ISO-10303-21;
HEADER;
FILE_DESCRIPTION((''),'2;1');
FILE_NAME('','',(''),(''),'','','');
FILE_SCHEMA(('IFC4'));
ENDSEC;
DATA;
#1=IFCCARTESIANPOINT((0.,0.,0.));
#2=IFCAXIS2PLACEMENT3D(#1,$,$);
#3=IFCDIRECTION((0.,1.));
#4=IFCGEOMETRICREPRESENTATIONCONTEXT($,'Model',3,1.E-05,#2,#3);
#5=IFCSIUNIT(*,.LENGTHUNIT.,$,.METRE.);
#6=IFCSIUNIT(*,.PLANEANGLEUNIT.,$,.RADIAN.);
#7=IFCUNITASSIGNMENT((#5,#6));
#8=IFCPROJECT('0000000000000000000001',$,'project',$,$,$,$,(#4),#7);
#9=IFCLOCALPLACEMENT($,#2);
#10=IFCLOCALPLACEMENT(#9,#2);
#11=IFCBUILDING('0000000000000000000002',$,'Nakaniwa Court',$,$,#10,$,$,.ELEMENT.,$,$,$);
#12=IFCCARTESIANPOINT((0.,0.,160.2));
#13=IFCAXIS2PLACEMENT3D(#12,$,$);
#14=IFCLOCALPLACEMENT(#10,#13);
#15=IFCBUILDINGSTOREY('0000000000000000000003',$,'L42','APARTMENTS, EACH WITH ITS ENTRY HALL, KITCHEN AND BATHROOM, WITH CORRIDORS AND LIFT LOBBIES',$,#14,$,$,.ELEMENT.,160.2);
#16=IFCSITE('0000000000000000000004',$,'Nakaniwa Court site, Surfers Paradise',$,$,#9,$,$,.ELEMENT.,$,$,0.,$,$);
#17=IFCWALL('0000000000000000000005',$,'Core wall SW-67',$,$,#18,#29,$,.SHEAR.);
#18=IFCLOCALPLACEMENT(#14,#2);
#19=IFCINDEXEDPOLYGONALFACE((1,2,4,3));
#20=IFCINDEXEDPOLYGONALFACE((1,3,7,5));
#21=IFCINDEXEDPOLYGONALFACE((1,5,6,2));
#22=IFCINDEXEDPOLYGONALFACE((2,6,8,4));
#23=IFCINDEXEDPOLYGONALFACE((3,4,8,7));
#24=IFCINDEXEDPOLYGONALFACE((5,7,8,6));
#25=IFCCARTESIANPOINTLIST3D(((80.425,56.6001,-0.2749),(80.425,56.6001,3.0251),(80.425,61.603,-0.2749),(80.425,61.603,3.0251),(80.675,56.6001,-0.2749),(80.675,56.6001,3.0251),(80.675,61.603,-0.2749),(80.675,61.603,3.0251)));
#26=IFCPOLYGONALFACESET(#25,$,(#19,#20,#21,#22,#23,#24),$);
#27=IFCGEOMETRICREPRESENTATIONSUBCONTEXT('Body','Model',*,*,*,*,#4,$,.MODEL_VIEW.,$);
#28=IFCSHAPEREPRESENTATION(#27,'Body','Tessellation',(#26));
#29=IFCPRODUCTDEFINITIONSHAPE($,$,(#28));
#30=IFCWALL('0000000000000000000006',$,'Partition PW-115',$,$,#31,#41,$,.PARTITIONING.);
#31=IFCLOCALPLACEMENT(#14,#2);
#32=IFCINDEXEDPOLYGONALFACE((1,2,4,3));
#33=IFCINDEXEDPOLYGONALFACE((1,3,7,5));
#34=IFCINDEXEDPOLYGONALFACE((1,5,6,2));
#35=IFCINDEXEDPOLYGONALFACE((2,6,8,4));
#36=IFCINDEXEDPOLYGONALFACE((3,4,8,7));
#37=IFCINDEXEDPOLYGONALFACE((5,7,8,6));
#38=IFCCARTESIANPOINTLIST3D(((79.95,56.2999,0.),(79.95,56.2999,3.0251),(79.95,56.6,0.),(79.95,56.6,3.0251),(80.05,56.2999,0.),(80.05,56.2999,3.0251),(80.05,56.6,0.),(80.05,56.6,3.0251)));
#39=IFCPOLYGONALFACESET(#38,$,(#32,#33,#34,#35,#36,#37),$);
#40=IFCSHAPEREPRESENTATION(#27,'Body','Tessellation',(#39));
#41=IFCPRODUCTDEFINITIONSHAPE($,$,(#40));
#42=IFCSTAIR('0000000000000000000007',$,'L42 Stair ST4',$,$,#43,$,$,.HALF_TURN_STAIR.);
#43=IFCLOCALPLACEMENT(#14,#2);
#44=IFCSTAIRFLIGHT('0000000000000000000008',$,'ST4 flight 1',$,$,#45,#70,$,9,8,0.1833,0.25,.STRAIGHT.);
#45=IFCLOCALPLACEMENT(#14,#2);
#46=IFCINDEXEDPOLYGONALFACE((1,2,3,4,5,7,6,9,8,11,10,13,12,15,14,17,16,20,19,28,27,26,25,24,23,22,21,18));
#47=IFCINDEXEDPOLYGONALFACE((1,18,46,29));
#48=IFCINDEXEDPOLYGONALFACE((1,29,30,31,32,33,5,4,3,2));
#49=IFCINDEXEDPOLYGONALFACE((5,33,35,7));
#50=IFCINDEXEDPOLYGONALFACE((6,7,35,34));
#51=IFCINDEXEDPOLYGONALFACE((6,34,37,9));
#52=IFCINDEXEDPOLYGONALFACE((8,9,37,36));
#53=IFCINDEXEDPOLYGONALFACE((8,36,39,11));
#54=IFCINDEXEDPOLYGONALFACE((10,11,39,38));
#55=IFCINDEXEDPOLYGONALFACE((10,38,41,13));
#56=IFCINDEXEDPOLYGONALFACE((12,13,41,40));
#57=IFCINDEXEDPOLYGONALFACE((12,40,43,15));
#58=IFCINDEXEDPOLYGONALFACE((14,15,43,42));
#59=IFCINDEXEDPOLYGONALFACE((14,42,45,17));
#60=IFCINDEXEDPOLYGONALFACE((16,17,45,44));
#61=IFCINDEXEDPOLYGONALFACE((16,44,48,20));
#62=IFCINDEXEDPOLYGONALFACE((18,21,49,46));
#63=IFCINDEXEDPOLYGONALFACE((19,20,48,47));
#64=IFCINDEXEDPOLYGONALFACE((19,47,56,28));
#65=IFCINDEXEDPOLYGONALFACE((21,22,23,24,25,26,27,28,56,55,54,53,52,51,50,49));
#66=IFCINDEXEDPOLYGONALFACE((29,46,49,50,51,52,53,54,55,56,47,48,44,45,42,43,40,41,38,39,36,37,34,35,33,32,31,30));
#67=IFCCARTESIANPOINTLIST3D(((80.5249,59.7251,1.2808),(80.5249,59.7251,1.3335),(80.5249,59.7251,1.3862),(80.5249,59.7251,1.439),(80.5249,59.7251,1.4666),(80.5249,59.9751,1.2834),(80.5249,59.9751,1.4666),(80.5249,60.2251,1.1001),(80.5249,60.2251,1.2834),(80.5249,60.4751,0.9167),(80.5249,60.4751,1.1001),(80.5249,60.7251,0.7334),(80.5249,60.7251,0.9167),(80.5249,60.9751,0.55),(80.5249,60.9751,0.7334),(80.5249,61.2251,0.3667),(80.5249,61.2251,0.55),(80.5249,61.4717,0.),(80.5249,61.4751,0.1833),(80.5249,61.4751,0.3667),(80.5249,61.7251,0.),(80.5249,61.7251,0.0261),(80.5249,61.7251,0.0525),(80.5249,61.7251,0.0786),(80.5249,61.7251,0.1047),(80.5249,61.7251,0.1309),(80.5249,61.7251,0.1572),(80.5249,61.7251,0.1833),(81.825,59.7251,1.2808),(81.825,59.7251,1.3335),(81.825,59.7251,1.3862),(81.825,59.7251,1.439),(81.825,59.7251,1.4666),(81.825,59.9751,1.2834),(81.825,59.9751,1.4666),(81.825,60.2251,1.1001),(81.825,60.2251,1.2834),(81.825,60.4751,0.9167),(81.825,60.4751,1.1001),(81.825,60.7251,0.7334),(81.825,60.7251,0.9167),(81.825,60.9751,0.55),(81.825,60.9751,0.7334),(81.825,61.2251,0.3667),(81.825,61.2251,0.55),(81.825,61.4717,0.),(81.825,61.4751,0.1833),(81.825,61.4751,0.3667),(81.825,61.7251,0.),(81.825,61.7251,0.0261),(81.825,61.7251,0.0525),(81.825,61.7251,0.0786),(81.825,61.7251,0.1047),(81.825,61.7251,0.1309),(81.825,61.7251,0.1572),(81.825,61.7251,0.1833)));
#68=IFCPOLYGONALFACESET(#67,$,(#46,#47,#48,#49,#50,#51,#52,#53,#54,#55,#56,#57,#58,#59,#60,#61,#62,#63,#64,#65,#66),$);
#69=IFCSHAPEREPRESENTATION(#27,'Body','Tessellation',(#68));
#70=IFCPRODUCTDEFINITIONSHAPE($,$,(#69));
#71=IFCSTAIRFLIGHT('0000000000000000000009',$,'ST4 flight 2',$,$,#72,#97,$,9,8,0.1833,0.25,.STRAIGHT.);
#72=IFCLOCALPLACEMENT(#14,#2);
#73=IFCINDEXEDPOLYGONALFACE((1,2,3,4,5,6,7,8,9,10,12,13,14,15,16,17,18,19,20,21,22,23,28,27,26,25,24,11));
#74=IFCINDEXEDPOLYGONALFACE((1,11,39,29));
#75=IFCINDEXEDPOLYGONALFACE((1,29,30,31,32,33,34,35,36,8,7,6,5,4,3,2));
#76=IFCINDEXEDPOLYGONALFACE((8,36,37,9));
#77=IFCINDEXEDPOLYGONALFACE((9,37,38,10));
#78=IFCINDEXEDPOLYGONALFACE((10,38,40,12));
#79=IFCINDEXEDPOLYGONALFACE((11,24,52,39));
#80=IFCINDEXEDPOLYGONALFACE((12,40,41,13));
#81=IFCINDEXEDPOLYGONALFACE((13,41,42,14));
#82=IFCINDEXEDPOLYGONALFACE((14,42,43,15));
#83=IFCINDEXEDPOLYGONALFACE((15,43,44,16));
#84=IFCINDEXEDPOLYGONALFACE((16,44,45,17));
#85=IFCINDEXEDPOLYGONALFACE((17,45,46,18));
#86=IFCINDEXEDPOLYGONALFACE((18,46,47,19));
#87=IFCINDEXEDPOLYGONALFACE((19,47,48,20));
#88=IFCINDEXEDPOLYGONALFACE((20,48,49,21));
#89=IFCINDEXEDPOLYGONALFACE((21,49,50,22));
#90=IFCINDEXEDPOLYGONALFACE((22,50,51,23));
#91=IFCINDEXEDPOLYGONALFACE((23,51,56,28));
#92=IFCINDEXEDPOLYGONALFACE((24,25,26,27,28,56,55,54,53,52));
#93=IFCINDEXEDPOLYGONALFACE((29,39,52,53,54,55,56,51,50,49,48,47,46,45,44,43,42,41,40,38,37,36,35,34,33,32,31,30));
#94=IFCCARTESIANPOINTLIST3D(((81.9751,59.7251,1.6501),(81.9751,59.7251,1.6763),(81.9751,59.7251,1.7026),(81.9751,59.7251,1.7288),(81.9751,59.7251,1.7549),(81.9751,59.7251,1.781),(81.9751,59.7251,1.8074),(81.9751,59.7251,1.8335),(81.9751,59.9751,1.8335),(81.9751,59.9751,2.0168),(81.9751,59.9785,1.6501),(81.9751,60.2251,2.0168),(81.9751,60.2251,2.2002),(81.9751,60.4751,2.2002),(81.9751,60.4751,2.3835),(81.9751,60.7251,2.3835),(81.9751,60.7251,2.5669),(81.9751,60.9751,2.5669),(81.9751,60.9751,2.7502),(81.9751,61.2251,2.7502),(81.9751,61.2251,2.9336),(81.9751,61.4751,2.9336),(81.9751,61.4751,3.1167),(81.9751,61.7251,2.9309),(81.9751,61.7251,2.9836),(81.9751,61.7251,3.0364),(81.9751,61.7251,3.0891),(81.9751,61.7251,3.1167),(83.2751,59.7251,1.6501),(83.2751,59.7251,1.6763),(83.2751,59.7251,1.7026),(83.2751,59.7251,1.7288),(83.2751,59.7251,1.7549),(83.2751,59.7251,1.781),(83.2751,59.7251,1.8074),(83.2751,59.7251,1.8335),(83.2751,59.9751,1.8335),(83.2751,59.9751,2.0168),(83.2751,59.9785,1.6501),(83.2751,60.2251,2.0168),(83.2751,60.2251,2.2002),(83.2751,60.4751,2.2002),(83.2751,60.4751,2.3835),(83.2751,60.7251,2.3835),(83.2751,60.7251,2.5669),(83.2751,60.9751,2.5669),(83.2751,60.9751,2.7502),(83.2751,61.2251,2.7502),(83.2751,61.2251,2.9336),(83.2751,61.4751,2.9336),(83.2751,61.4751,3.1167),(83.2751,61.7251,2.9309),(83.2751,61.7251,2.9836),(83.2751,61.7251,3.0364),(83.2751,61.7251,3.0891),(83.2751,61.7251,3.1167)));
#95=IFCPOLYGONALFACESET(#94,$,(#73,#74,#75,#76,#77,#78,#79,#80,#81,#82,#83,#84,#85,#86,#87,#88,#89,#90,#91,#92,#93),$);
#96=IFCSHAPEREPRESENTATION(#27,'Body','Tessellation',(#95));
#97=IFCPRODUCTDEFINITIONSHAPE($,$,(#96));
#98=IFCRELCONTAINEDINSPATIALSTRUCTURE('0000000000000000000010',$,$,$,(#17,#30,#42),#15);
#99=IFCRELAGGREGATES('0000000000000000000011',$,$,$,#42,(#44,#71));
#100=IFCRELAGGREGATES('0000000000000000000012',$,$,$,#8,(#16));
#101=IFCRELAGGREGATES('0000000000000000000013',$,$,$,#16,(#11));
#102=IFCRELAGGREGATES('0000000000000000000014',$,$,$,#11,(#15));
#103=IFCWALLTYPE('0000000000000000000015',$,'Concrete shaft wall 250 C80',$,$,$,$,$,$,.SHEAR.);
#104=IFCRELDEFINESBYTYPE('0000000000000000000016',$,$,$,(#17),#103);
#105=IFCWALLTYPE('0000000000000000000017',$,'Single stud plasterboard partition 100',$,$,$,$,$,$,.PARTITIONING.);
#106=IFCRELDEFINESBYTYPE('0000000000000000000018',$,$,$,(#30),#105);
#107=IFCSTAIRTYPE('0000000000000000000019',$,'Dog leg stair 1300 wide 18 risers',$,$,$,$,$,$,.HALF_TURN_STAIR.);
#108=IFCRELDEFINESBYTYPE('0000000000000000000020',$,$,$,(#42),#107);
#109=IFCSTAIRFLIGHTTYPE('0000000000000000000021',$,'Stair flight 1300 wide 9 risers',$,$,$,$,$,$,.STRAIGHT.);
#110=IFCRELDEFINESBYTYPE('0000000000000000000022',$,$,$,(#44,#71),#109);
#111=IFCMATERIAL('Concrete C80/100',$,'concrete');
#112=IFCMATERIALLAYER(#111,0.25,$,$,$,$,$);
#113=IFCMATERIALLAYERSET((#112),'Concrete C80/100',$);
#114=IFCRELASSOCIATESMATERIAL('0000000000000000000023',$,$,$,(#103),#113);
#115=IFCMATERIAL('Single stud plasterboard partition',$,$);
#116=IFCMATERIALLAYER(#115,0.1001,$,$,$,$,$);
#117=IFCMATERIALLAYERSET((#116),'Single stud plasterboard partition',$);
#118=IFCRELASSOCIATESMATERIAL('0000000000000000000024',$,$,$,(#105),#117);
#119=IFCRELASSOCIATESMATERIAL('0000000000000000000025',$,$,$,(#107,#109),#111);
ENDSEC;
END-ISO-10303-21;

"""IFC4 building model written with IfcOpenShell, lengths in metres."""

from ifc_helpers import new_model, si_unit, direction, frame, frame_2d, origin, place, context, subcontext, project, spatial, polyline, rectangle, outline, extrude, material, layer, layer_set, type_object, element, aggregate, save


model = new_model("IFC4")

# Units and contexts
model_context = context("Model", 3, precision=1e-05, world=origin(), true_north=direction((0.0, 1.0)))
body_context = subcontext(model_context, "Body", "Model", "MODEL_VIEW")
ifc_project = project(units=[si_unit("LENGTHUNIT", "METRE"), si_unit("PLANEANGLEUNIT", "RADIAN")], contexts=[model_context])

# Site, building, storey
site_placement = place(None, origin())
site = spatial("IfcSite", under=ifc_project, at=site_placement, Name="Nakaniwa Court site, Surfers Paradise", CompositionType="ELEMENT", RefElevation=0.0)
building_placement = place(site_placement, origin())
building = spatial("IfcBuilding", under=site, at=building_placement, Name="Nakaniwa Court", CompositionType="ELEMENT")
storey_placement = place(building_placement, frame((0.0, 0.0, 160.2)))
storey = spatial("IfcBuildingStorey", under=building, at=storey_placement, Name="L42", Description="APARTMENTS, EACH WITH ITS ENTRY HALL, KITCHEN AND BATHROOM, WITH CORRIDORS AND LIFT LOBBIES", CompositionType="ELEMENT", Elevation=160.2)

# Shared definitions
ifc_material_1 = material(Name="Concrete C80/100", Category="concrete")

# Shared definitions
ifc_layer_1 = layer(ifc_material_1, 0.25)
ifc_layer_set_1 = layer_set([ifc_layer_1], Name="Concrete C80/100")
wall_type_1 = type_object("IfcWallType", Name="Concrete shaft wall 250 C80", PredefinedType="SHEAR", material=ifc_layer_set_1)

# Walls
wall_1_placement = place(storey_placement, frame((80.55, 56.6001, -0.2749), z_axis=(0.0, 0.0, 1.0), x_axis=(0.0, 1.0, 0.0)))
element("IfcWall", 1, at=wall_1_placement, inside=storey, type_object=wall_type_1, Name="Core wall SW-67", PredefinedType="SHEAR", context=body_context, shape_type="SweptSolid", body=[
    extrude(rectangle(XDim=5.0029, YDim=0.25, at=frame_2d((2.5015, 0.0))), origin(), (0.0, 0.0, 1.0), 3.3),
])
ifc_material_2 = material(Name="Single stud plasterboard partition")
ifc_layer_2 = layer(ifc_material_2, 0.1001)
ifc_layer_set_2 = layer_set([ifc_layer_2], Name="Single stud plasterboard partition")
wall_type_2 = type_object("IfcWallType", Name="Single stud plasterboard partition 100", PredefinedType="PARTITIONING", material=ifc_layer_set_2)
wall_2_placement = place(storey_placement, frame((80.0, 56.3, 0.0), z_axis=(0.0, 0.0, 1.0), x_axis=(0.0, 1.0, 0.0)))
element("IfcWall", 2, at=wall_2_placement, inside=storey, type_object=wall_type_2, Name="Partition PW-115", PredefinedType="PARTITIONING", context=body_context, shape_type="SweptSolid", body=[
    extrude(rectangle(XDim=0.3, YDim=0.1001, at=frame_2d((0.1499, 0.0))), origin(), (0.0, 0.0, 1.0), 3.0251),
])

# Stair, stair flights
stair_type = type_object("IfcStairType", Name="Dog leg stair 1300 wide 18 risers", PredefinedType="HALF_TURN_STAIR", material=ifc_material_1)
stair_placement = place(storey_placement, origin())
stair = element("IfcStair", 3, at=stair_placement, inside=storey, type_object=stair_type, Name="L42 Stair ST4", PredefinedType="HALF_TURN_STAIR")
stair_flight_type = type_object("IfcStairFlightType", Name="Stair flight 1300 wide 9 risers", PredefinedType="STRAIGHT", material=ifc_material_1)
stair_flight_1_placement = place(storey_placement, frame((81.175, 61.7251, 0.0), z_axis=(0.0, 0.0, 1.0), x_axis=(0.0, -1.0, 0.0)))
stair_flight_1 = element("IfcStairFlight", 4, at=stair_flight_1_placement, type_object=stair_flight_type, Name="ST4 flight 1", NumberOfRisers=9, NumberOfTreads=8, PredefinedType="STRAIGHT", RiserHeight=0.1833, TreadLength=0.25, context=body_context, shape_type="SweptSolid", body=[
    extrude(outline(polyline([(0.0, 0.0), (0.0, 0.0261), (0.0, 0.0525), (0.0, 0.0786), (0.0, 0.1047), (0.0, 0.1309), (0.0, 0.1572), (0.0, 0.1833), (0.25, 0.1833), (0.25, 0.3667), (0.5, 0.3667), (0.5, 0.55), (0.75, 0.55), (0.75, 0.7334), (1.0, 0.7334), (1.0, 0.9167), (1.25, 0.9167), (1.25, 1.1001), (1.5, 1.1001), (1.5, 1.2834), (1.75, 1.2834), (1.75, 1.4666), (2.0, 1.4666), (2.0, 1.6499), (2.0, 1.5972), (2.0, 1.5444), (2.0, 1.4917), (2.0, 1.439), (2.0, 1.3862), (2.0, 1.3335), (2.0, 1.2808), (0.2534, 0.0), (0.0, 0.0)])), frame((0.0, 0.6499, 0.0), z_axis=(0.0, -1.0, 0.0), x_axis=(1.0, 0.0, 0.0)), (0.0, 0.0, 1.0), 1.3),
])
stair_flight_2_placement = place(storey_placement, frame((82.625, 59.7251, 1.6501), z_axis=(0.0, 0.0, 1.0), x_axis=(0.0, 1.0, 0.0)))
stair_flight_2 = element("IfcStairFlight", 5, at=stair_flight_2_placement, type_object=stair_flight_type, Name="ST4 flight 2", NumberOfRisers=9, NumberOfTreads=8, PredefinedType="STRAIGHT", RiserHeight=0.1833, TreadLength=0.25, context=body_context, shape_type="SweptSolid", body=[
    extrude(outline(polyline([(0.0, 0.0), (0.0, 0.0261), (0.0, 0.0525), (0.0, 0.0786), (0.0, 0.1047), (0.0, 0.1309), (0.0, 0.1572), (0.0, 0.1833), (0.25, 0.1833), (0.25, 0.3667), (0.5, 0.3667), (0.5, 0.55), (0.75, 0.55), (0.75, 0.7334), (1.0, 0.7334), (1.0, 0.9167), (1.25, 0.9167), (1.25, 1.1001), (1.5, 1.1001), (1.5, 1.2834), (1.75, 1.2834), (1.75, 1.4666), (2.0, 1.4666), (2.0, 1.6499), (2.0, 1.5972), (2.0, 1.5444), (2.0, 1.4917), (2.0, 1.439), (2.0, 1.3862), (2.0, 1.3335), (2.0, 1.2808), (0.2534, 0.0), (0.0, 0.0)])), frame((0.0, 0.6499, 0.0), z_axis=(0.0, -1.0, 0.0), x_axis=(1.0, 0.0, 0.0)), (0.0, 0.0, 1.0), 1.3),
])
aggregate(stair, [stair_flight_1, stair_flight_2])

save(model, "model.ifc")
